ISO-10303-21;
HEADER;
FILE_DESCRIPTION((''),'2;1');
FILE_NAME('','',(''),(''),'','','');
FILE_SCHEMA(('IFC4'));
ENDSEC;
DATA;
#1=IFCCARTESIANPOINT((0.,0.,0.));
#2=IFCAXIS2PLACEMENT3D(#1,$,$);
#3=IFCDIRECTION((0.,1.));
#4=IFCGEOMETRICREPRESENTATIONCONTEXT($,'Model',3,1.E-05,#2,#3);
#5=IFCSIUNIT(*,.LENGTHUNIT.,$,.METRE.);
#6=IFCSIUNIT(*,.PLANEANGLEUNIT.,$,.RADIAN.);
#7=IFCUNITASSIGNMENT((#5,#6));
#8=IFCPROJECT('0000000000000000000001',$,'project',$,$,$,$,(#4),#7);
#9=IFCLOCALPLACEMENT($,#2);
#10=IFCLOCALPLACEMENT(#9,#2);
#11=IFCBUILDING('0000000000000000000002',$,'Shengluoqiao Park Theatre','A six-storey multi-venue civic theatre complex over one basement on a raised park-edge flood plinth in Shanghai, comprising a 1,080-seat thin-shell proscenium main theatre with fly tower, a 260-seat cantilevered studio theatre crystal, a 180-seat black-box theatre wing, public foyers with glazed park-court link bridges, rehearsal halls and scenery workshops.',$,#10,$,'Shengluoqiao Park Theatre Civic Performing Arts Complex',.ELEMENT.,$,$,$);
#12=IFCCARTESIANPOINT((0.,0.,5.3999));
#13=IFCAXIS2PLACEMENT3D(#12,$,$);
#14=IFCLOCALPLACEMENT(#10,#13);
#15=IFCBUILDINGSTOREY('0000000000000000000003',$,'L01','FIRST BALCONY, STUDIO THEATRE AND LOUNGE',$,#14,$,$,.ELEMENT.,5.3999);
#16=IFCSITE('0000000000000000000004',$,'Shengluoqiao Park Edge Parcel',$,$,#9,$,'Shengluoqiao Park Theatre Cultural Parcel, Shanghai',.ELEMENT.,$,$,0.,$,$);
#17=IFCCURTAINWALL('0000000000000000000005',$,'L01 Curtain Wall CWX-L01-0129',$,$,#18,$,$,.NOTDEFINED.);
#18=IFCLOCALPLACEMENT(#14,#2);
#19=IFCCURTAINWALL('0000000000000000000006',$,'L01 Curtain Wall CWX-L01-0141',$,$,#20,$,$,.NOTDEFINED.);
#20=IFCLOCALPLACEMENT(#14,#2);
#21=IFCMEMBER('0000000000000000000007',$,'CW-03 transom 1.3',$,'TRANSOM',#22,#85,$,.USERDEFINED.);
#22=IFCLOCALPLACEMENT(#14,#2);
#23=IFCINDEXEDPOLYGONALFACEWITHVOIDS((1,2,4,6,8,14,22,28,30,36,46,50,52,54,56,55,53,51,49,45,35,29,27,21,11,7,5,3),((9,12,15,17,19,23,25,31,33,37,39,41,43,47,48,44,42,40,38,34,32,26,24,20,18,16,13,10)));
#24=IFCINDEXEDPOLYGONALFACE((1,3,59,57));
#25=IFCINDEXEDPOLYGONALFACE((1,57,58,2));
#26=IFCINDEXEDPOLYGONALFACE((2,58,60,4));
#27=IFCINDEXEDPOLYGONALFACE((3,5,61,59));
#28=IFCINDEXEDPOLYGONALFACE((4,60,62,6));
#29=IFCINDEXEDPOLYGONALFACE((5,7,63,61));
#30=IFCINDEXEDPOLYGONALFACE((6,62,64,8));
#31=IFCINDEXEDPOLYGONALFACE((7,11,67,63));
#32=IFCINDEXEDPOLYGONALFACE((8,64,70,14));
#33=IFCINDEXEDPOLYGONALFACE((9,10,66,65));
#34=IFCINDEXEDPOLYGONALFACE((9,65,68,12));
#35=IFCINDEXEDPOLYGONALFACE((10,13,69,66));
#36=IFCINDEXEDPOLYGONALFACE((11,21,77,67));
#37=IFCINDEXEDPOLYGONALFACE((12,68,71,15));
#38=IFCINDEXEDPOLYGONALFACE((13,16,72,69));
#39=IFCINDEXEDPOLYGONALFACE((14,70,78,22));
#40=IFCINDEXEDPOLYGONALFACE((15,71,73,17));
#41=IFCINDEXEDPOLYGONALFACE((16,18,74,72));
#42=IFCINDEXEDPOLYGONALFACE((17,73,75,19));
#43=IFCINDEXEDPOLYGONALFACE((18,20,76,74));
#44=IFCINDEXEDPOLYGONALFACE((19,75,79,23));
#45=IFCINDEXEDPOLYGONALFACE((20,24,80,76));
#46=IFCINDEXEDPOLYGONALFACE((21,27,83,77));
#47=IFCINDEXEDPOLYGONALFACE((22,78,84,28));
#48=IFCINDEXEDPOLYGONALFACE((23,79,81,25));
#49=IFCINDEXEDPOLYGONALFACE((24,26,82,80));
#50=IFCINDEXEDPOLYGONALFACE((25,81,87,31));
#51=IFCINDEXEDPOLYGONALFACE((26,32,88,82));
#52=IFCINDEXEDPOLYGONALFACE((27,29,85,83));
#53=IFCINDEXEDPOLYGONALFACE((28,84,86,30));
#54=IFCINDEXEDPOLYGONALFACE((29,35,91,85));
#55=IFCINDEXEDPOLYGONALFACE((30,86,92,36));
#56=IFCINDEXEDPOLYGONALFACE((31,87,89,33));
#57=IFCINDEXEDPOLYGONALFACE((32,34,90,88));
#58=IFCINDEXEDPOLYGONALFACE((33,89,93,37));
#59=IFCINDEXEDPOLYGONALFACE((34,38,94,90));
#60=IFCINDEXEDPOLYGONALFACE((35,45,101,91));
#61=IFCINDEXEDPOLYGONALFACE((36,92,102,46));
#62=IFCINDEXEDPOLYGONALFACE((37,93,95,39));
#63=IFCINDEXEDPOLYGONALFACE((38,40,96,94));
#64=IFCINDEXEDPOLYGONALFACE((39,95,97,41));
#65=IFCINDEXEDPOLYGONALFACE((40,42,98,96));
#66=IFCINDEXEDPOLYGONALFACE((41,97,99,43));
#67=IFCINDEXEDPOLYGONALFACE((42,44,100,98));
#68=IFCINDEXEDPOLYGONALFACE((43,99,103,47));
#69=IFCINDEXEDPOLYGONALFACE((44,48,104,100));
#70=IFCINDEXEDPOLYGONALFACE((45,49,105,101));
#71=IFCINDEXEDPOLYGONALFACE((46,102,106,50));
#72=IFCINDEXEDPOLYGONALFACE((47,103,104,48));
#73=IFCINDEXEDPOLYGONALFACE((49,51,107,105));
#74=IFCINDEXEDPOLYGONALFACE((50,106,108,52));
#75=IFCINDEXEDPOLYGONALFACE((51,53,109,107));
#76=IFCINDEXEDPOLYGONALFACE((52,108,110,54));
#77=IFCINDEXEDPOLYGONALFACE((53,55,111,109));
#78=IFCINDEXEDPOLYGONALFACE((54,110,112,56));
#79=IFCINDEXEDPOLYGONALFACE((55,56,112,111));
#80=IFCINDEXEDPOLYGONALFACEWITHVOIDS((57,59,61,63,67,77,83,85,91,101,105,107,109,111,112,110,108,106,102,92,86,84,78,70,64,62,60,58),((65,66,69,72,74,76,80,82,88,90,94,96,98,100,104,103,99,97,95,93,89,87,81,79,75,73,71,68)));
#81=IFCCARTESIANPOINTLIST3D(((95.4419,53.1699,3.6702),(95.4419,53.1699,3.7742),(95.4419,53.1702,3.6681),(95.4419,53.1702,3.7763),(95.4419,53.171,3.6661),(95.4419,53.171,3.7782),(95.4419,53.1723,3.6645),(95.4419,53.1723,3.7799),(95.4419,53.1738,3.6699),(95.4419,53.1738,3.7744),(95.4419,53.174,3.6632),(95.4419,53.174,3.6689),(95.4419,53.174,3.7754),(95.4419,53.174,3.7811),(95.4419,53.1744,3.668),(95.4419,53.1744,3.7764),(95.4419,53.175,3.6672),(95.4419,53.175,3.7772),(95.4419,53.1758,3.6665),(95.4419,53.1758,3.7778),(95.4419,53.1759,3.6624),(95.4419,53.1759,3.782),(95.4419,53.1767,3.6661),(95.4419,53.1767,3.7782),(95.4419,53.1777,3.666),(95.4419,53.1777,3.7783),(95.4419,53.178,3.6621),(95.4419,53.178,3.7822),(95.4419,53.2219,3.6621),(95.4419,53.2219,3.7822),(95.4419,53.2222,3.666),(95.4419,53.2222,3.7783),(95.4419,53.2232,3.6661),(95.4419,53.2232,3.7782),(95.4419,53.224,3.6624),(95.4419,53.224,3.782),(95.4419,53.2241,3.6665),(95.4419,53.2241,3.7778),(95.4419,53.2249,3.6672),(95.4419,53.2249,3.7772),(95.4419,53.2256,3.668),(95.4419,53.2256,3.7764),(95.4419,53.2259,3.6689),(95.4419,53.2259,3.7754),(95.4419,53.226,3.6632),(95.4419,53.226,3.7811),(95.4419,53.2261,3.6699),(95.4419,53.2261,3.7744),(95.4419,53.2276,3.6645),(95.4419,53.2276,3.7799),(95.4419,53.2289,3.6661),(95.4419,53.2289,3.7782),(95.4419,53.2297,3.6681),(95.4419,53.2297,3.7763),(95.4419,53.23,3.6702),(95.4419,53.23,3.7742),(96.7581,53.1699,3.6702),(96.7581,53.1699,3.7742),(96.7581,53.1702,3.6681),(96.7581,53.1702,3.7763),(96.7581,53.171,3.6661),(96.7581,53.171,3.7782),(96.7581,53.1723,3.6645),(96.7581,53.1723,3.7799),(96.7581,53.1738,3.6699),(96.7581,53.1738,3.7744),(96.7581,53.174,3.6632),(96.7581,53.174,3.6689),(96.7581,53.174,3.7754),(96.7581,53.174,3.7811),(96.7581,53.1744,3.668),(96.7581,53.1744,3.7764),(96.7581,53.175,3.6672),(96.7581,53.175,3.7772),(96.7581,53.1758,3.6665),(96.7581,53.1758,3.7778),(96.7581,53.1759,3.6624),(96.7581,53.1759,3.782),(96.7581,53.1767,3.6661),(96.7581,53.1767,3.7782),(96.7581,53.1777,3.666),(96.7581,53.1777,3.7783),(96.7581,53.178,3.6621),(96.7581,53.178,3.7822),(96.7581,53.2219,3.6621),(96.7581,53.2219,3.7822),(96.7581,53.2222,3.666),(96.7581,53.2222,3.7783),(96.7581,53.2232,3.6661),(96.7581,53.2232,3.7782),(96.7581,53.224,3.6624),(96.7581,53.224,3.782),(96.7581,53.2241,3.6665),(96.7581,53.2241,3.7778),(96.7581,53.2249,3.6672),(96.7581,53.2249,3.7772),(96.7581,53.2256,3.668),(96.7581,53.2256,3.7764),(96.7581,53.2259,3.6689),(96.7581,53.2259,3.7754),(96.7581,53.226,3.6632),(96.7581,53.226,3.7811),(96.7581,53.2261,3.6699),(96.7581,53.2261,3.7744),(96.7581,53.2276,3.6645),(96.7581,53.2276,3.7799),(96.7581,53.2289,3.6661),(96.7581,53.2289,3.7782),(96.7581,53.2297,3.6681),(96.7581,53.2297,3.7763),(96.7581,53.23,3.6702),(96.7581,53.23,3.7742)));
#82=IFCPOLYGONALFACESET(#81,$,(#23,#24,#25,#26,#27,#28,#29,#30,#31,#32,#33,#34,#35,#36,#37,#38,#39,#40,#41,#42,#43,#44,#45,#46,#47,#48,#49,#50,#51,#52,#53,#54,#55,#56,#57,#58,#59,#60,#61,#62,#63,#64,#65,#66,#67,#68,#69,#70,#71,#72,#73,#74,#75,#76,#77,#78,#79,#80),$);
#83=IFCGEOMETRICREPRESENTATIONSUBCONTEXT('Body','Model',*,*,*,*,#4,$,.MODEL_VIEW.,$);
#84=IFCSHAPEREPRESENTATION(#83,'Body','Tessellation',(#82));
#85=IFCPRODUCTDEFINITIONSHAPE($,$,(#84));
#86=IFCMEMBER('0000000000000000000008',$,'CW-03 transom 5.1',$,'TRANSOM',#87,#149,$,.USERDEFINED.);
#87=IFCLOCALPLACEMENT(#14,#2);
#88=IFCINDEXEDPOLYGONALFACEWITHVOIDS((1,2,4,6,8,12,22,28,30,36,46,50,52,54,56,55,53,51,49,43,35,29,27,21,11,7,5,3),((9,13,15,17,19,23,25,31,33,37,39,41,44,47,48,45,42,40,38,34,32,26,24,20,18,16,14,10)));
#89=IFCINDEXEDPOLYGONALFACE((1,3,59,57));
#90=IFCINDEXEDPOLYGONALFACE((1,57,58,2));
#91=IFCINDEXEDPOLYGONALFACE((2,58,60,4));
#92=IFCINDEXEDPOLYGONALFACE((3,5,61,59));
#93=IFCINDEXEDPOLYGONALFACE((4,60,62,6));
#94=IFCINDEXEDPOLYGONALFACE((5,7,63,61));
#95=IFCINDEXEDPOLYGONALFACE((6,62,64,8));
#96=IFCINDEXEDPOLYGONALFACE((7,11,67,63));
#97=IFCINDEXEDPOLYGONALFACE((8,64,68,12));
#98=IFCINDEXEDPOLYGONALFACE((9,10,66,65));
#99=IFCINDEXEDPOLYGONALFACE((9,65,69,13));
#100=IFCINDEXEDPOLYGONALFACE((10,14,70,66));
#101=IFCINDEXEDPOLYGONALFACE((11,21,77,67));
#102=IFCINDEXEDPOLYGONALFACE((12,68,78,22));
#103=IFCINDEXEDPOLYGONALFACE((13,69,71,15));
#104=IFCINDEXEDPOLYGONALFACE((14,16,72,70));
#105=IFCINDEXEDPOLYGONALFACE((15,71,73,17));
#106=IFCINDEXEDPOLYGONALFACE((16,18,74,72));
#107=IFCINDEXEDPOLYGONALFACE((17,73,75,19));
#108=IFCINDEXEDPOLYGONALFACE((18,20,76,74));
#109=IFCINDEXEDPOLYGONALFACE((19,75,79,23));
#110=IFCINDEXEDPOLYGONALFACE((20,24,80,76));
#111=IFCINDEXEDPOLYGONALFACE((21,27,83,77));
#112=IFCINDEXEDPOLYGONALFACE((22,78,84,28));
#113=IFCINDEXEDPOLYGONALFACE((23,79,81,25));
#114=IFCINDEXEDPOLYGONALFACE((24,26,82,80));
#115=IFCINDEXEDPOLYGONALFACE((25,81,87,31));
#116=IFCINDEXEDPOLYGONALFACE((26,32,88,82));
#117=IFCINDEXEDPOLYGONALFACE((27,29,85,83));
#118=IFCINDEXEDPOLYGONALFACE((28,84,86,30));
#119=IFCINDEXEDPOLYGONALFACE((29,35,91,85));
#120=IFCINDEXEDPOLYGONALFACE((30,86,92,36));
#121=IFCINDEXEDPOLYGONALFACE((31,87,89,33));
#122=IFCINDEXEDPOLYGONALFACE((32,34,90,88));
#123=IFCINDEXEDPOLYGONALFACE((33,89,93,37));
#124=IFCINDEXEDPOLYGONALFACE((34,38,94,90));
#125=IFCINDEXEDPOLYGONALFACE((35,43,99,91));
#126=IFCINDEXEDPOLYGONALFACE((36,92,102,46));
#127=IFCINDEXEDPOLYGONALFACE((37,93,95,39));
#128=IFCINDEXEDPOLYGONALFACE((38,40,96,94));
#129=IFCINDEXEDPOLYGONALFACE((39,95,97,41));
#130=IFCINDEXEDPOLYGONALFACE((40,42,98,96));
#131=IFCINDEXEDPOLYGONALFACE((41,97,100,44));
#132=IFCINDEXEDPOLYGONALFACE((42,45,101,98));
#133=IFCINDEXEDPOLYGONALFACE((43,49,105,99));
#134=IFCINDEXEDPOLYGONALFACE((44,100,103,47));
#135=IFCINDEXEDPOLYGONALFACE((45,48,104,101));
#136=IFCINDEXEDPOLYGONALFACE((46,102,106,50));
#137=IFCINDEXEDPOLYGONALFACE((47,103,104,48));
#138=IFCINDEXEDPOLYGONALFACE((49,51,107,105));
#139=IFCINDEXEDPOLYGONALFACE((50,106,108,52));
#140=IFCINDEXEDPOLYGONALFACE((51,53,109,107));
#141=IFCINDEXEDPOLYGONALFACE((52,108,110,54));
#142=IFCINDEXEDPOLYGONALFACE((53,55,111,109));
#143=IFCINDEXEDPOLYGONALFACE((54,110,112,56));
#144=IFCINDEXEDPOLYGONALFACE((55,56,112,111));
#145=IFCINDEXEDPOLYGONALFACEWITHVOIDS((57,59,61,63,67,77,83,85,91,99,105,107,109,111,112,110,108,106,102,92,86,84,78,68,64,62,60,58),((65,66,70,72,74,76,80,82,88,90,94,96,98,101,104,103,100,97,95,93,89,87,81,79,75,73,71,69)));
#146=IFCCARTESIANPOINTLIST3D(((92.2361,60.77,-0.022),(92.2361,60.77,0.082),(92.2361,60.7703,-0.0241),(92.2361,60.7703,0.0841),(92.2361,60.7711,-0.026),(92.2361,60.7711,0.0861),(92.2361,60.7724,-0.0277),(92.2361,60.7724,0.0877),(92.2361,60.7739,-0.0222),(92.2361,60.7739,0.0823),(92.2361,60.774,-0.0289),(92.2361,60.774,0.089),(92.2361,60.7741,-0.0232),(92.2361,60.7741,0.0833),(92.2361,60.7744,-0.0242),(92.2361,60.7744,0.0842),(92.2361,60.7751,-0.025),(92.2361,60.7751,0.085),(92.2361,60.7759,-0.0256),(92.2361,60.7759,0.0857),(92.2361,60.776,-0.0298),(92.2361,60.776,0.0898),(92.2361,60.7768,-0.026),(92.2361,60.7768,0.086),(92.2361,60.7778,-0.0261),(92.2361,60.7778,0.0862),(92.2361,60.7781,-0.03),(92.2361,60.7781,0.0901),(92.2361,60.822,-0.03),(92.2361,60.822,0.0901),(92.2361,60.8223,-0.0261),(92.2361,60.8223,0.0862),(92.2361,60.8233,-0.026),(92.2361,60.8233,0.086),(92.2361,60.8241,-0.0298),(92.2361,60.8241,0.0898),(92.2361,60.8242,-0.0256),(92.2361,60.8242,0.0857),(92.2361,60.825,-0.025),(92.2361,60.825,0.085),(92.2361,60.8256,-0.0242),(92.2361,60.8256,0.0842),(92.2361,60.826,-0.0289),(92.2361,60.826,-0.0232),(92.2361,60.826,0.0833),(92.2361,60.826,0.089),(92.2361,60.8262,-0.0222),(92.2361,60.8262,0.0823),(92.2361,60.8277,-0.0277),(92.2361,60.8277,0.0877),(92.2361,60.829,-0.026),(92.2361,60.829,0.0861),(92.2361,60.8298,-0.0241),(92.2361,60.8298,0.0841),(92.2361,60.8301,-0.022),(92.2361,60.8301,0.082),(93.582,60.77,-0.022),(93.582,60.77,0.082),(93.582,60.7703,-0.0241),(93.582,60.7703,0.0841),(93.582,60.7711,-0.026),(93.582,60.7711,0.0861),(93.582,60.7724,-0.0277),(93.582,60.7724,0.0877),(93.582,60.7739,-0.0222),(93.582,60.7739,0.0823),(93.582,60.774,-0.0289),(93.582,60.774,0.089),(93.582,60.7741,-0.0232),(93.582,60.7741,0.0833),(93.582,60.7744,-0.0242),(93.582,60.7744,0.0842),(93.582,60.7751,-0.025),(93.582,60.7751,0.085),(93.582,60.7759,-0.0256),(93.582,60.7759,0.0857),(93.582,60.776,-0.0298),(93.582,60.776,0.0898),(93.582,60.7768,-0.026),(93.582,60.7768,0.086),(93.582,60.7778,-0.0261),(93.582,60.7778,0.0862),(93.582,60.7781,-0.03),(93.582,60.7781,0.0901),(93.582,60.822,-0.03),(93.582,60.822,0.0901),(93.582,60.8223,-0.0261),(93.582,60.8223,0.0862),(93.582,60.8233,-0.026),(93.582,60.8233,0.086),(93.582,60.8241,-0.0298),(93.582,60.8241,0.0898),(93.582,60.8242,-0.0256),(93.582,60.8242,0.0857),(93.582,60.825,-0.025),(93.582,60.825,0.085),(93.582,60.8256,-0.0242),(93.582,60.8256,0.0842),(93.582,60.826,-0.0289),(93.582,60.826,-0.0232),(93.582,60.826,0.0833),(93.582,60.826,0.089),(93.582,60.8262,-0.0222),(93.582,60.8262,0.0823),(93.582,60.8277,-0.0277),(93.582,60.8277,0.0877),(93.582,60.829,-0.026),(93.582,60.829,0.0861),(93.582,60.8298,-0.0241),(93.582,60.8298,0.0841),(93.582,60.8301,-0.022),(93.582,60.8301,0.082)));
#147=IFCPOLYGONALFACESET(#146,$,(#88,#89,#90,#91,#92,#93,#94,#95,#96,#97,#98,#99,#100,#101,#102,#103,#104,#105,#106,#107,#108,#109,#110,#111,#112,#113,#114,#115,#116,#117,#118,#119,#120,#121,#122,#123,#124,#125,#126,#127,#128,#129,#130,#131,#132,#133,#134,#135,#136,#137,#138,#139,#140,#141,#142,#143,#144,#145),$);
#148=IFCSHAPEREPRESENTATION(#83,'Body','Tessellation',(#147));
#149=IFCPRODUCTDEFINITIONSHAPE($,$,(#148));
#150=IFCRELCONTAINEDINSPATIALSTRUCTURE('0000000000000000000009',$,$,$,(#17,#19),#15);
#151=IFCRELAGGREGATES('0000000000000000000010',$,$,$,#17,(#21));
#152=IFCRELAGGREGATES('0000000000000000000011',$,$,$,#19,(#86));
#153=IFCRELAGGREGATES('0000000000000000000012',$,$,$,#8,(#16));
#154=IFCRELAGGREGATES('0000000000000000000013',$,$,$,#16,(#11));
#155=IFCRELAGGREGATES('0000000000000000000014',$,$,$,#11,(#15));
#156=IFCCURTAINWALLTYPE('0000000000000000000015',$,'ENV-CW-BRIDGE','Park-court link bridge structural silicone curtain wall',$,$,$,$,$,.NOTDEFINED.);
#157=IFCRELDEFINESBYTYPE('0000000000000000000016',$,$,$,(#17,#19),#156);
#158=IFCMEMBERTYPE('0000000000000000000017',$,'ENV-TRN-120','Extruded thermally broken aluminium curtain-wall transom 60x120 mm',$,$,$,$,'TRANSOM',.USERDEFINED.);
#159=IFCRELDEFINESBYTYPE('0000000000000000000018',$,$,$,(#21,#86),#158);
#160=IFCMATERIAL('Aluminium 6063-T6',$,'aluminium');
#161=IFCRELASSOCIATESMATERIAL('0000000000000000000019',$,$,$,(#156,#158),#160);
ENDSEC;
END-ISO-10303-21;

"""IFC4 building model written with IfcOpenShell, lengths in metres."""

from ifc_helpers import new_model, si_unit, direction, frame, origin, origin_2d, place, context, subcontext, project, spatial, hollow_rectangle, extrude, material, material_profile, profile_set, type_object, element, aggregate, save


model = new_model("IFC4")

# Units and contexts
model_context = context("Model", 3, precision=1e-05, world=origin(), true_north=direction((0.0, 1.0)))
body_context = subcontext(model_context, "Body", "Model", "MODEL_VIEW")
ifc_project = project(units=[si_unit("LENGTHUNIT", "METRE"), si_unit("PLANEANGLEUNIT", "RADIAN")], contexts=[model_context])

# Site, building, storey
site_placement = place(None, origin())
site = spatial("IfcSite", under=ifc_project, at=site_placement, Name="Shengluoqiao Park Edge Parcel", LongName="Shengluoqiao Park Theatre Cultural Parcel, Shanghai", CompositionType="ELEMENT", RefElevation=0.0)
building_placement = place(site_placement, origin())
building = spatial("IfcBuilding", under=site, at=building_placement, Name="Shengluoqiao Park Theatre", Description="A six-storey multi-venue civic theatre complex over one basement on a raised park-edge flood plinth in Shanghai, comprising a 1,080-seat thin-shell proscenium main theatre with fly tower, a 260-seat cantilevered studio theatre crystal, a 180-seat black-box theatre wing, public foyers with glazed park-court link bridges, rehearsal halls and scenery workshops.", LongName="Shengluoqiao Park Theatre Civic Performing Arts Complex", CompositionType="ELEMENT")
storey_placement = place(building_placement, frame((0.0, 0.0, 5.3999)))
storey = spatial("IfcBuildingStorey", under=building, at=storey_placement, Name="L01", Description="FIRST BALCONY, STUDIO THEATRE AND LOUNGE", CompositionType="ELEMENT", Elevation=5.3999)

# Shared definitions
ifc_material_1 = material(Name="Aluminium 6063-T6", Category="aluminium")
curtain_wall_type = type_object("IfcCurtainWallType", Name="ENV-CW-BRIDGE", Description="Park-court link bridge structural silicone curtain wall", PredefinedType="NOTDEFINED", material=ifc_material_1)

# Curtain wall
curtain_wall_1_placement = place(storey_placement, origin())
curtain_wall_1 = element("IfcCurtainWall", 1, at=curtain_wall_1_placement, inside=storey, type_object=curtain_wall_type, Name="L01 Curtain Wall CWX-L01-0129", PredefinedType="NOTDEFINED")

# Curtain wall
curtain_wall_2_placement = place(storey_placement, origin())
curtain_wall_2 = element("IfcCurtainWall", 2, at=curtain_wall_2_placement, inside=storey, type_object=curtain_wall_type, Name="L01 Curtain Wall CWX-L01-0141", PredefinedType="NOTDEFINED")

# Members
ifc_material_profile_1 = material_profile(ifc_material_1, hollow_rectangle(XDim=0.0601, YDim=0.1201, WallThickness=0.0039, InnerFilletRadius=0.0039, OuterFilletRadius=0.0081, at=origin_2d()), Name="ALU TRANSOM 120x60x4")
ifc_profile_set_1 = profile_set([ifc_material_profile_1], Name="Aluminium 6063-T6")
member_type_1 = type_object("IfcMemberType", Name="ENV-TRN-120", Description="Extruded thermally broken aluminium curtain-wall transom 60x120 mm", ElementType="TRANSOM", PredefinedType="USERDEFINED", material=ifc_profile_set_1)
member_1_placement = place(storey_placement, frame((95.4419, 53.2, 3.7222), z_axis=(1.0, 0.0, 0.0), x_axis=(0.0, 1.0, 0.0)))
member_1 = element("IfcMember", 3, at=member_1_placement, type_object=member_type_1, Name="CW-03 transom 1.3", ObjectType="TRANSOM", PredefinedType="USERDEFINED", context=body_context, shape_type="SweptSolid", body=[
    extrude(hollow_rectangle(XDim=0.0601, YDim=0.1201, WallThickness=0.0039, InnerFilletRadius=0.0039, OuterFilletRadius=0.0081, at=origin_2d()), origin(), (0.0, 0.0, 1.0), 1.3162),
])
aggregate(curtain_wall_1, [member_1])
member_2_placement = place(storey_placement, frame((92.2361, 60.8, 0.03), z_axis=(1.0, 0.0, 0.0), x_axis=(0.0, 1.0, 0.0)))
member_2 = element("IfcMember", 4, at=member_2_placement, type_object=member_type_1, Name="CW-03 transom 5.1", ObjectType="TRANSOM", PredefinedType="USERDEFINED", context=body_context, shape_type="SweptSolid", body=[
    extrude(hollow_rectangle(XDim=0.0601, YDim=0.1201, WallThickness=0.0039, InnerFilletRadius=0.0039, OuterFilletRadius=0.0081, at=origin_2d()), origin(), (0.0, 0.0, 1.0), 1.3459),
])

aggregate(curtain_wall_2, [member_2])

save(model, "model.ifc")
